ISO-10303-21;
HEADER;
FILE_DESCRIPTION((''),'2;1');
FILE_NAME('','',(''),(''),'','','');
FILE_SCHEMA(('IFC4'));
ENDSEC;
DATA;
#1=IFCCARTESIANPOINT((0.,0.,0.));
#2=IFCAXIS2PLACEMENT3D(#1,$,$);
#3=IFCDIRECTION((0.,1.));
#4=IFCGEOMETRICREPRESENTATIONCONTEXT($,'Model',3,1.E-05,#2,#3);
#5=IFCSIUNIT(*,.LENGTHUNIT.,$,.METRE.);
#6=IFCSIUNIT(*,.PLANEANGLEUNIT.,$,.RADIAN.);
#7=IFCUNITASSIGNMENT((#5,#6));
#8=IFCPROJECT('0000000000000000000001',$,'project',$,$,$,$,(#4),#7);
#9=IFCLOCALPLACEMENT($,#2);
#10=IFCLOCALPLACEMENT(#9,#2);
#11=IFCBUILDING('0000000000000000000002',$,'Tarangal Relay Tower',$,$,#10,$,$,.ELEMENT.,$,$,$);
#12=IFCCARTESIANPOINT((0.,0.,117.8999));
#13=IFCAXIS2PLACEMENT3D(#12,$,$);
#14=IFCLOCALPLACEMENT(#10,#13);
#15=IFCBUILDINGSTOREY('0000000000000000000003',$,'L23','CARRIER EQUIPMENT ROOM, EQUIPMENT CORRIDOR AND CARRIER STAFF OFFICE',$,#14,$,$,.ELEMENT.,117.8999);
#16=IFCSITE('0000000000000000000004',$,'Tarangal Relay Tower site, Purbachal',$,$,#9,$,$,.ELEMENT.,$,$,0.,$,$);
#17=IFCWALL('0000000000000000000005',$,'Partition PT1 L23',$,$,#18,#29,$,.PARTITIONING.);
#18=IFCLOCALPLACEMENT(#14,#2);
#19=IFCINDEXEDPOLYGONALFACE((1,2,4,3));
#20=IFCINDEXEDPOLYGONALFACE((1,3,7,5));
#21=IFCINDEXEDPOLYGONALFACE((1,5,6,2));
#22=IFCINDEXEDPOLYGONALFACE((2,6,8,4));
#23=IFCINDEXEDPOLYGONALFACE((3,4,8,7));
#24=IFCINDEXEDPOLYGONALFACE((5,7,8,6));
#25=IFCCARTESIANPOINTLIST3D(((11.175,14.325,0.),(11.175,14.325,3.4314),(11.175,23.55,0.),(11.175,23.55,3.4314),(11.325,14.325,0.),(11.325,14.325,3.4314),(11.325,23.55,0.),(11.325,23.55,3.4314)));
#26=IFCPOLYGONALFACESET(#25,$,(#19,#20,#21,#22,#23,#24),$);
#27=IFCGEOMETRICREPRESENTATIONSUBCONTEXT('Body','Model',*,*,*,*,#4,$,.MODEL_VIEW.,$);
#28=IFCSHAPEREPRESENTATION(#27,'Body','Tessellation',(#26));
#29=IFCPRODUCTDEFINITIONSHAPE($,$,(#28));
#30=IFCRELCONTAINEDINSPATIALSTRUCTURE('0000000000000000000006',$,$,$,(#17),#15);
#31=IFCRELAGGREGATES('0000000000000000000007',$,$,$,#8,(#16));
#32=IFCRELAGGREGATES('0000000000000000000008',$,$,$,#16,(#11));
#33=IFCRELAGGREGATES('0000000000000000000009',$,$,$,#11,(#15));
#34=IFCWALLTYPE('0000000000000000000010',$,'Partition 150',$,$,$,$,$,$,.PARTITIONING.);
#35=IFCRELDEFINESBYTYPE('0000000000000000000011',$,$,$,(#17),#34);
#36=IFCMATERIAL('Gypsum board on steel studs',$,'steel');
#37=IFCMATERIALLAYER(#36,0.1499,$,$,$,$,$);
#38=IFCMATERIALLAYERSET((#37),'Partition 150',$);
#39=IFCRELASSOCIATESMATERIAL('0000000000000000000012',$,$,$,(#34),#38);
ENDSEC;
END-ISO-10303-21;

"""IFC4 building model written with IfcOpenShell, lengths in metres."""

from ifc_helpers import new_model, si_unit, direction, frame, frame_2d, origin, place, context, subcontext, project, spatial, rectangle, extrude, material, layer, layer_set, type_object, element, save


model = new_model("IFC4")

# Units and contexts
model_context = context("Model", 3, precision=1e-05, world=origin(), true_north=direction((0.0, 1.0)))
body_context = subcontext(model_context, "Body", "Model", "MODEL_VIEW")
ifc_project = project(units=[si_unit("LENGTHUNIT", "METRE"), si_unit("PLANEANGLEUNIT", "RADIAN")], contexts=[model_context])

# Site, building, storey
site_placement = place(None, origin())
site = spatial("IfcSite", under=ifc_project, at=site_placement, Name="Tarangal Relay Tower site, Purbachal", CompositionType="ELEMENT", RefElevation=0.0)
building_placement = place(site_placement, origin())
building = spatial("IfcBuilding", under=site, at=building_placement, Name="Tarangal Relay Tower", CompositionType="ELEMENT")
storey_placement = place(building_placement, frame((0.0, 0.0, 117.8999)))
storey = spatial("IfcBuildingStorey", under=building, at=storey_placement, Name="L23", Description="CARRIER EQUIPMENT ROOM, EQUIPMENT CORRIDOR AND CARRIER STAFF OFFICE", CompositionType="ELEMENT", Elevation=117.8999)

# Wall
ifc_material_1 = material(Name="Gypsum board on steel studs", Category="steel")
ifc_layer_1 = layer(ifc_material_1, 0.1499)
ifc_layer_set_1 = layer_set([ifc_layer_1], Name="Partition 150")
wall_type_1 = type_object("IfcWallType", Name="Partition 150", PredefinedType="PARTITIONING", material=ifc_layer_set_1)
wall_1_placement = place(storey_placement, frame((11.25, 14.325, 0.0), z_axis=(0.0, 0.0, 1.0), x_axis=(0.0, 1.0, 0.0)))
element("IfcWall", 1, at=wall_1_placement, inside=storey, type_object=wall_type_1, Name="Partition PT1 L23", PredefinedType="PARTITIONING", context=body_context, shape_type="SweptSolid", body=[
    extrude(rectangle(XDim=9.2251, YDim=0.1499, at=frame_2d((4.6125, 0.0))), origin(), (0.0, 0.0, 1.0), 3.4314),
])

save(model, "model.ifc")
